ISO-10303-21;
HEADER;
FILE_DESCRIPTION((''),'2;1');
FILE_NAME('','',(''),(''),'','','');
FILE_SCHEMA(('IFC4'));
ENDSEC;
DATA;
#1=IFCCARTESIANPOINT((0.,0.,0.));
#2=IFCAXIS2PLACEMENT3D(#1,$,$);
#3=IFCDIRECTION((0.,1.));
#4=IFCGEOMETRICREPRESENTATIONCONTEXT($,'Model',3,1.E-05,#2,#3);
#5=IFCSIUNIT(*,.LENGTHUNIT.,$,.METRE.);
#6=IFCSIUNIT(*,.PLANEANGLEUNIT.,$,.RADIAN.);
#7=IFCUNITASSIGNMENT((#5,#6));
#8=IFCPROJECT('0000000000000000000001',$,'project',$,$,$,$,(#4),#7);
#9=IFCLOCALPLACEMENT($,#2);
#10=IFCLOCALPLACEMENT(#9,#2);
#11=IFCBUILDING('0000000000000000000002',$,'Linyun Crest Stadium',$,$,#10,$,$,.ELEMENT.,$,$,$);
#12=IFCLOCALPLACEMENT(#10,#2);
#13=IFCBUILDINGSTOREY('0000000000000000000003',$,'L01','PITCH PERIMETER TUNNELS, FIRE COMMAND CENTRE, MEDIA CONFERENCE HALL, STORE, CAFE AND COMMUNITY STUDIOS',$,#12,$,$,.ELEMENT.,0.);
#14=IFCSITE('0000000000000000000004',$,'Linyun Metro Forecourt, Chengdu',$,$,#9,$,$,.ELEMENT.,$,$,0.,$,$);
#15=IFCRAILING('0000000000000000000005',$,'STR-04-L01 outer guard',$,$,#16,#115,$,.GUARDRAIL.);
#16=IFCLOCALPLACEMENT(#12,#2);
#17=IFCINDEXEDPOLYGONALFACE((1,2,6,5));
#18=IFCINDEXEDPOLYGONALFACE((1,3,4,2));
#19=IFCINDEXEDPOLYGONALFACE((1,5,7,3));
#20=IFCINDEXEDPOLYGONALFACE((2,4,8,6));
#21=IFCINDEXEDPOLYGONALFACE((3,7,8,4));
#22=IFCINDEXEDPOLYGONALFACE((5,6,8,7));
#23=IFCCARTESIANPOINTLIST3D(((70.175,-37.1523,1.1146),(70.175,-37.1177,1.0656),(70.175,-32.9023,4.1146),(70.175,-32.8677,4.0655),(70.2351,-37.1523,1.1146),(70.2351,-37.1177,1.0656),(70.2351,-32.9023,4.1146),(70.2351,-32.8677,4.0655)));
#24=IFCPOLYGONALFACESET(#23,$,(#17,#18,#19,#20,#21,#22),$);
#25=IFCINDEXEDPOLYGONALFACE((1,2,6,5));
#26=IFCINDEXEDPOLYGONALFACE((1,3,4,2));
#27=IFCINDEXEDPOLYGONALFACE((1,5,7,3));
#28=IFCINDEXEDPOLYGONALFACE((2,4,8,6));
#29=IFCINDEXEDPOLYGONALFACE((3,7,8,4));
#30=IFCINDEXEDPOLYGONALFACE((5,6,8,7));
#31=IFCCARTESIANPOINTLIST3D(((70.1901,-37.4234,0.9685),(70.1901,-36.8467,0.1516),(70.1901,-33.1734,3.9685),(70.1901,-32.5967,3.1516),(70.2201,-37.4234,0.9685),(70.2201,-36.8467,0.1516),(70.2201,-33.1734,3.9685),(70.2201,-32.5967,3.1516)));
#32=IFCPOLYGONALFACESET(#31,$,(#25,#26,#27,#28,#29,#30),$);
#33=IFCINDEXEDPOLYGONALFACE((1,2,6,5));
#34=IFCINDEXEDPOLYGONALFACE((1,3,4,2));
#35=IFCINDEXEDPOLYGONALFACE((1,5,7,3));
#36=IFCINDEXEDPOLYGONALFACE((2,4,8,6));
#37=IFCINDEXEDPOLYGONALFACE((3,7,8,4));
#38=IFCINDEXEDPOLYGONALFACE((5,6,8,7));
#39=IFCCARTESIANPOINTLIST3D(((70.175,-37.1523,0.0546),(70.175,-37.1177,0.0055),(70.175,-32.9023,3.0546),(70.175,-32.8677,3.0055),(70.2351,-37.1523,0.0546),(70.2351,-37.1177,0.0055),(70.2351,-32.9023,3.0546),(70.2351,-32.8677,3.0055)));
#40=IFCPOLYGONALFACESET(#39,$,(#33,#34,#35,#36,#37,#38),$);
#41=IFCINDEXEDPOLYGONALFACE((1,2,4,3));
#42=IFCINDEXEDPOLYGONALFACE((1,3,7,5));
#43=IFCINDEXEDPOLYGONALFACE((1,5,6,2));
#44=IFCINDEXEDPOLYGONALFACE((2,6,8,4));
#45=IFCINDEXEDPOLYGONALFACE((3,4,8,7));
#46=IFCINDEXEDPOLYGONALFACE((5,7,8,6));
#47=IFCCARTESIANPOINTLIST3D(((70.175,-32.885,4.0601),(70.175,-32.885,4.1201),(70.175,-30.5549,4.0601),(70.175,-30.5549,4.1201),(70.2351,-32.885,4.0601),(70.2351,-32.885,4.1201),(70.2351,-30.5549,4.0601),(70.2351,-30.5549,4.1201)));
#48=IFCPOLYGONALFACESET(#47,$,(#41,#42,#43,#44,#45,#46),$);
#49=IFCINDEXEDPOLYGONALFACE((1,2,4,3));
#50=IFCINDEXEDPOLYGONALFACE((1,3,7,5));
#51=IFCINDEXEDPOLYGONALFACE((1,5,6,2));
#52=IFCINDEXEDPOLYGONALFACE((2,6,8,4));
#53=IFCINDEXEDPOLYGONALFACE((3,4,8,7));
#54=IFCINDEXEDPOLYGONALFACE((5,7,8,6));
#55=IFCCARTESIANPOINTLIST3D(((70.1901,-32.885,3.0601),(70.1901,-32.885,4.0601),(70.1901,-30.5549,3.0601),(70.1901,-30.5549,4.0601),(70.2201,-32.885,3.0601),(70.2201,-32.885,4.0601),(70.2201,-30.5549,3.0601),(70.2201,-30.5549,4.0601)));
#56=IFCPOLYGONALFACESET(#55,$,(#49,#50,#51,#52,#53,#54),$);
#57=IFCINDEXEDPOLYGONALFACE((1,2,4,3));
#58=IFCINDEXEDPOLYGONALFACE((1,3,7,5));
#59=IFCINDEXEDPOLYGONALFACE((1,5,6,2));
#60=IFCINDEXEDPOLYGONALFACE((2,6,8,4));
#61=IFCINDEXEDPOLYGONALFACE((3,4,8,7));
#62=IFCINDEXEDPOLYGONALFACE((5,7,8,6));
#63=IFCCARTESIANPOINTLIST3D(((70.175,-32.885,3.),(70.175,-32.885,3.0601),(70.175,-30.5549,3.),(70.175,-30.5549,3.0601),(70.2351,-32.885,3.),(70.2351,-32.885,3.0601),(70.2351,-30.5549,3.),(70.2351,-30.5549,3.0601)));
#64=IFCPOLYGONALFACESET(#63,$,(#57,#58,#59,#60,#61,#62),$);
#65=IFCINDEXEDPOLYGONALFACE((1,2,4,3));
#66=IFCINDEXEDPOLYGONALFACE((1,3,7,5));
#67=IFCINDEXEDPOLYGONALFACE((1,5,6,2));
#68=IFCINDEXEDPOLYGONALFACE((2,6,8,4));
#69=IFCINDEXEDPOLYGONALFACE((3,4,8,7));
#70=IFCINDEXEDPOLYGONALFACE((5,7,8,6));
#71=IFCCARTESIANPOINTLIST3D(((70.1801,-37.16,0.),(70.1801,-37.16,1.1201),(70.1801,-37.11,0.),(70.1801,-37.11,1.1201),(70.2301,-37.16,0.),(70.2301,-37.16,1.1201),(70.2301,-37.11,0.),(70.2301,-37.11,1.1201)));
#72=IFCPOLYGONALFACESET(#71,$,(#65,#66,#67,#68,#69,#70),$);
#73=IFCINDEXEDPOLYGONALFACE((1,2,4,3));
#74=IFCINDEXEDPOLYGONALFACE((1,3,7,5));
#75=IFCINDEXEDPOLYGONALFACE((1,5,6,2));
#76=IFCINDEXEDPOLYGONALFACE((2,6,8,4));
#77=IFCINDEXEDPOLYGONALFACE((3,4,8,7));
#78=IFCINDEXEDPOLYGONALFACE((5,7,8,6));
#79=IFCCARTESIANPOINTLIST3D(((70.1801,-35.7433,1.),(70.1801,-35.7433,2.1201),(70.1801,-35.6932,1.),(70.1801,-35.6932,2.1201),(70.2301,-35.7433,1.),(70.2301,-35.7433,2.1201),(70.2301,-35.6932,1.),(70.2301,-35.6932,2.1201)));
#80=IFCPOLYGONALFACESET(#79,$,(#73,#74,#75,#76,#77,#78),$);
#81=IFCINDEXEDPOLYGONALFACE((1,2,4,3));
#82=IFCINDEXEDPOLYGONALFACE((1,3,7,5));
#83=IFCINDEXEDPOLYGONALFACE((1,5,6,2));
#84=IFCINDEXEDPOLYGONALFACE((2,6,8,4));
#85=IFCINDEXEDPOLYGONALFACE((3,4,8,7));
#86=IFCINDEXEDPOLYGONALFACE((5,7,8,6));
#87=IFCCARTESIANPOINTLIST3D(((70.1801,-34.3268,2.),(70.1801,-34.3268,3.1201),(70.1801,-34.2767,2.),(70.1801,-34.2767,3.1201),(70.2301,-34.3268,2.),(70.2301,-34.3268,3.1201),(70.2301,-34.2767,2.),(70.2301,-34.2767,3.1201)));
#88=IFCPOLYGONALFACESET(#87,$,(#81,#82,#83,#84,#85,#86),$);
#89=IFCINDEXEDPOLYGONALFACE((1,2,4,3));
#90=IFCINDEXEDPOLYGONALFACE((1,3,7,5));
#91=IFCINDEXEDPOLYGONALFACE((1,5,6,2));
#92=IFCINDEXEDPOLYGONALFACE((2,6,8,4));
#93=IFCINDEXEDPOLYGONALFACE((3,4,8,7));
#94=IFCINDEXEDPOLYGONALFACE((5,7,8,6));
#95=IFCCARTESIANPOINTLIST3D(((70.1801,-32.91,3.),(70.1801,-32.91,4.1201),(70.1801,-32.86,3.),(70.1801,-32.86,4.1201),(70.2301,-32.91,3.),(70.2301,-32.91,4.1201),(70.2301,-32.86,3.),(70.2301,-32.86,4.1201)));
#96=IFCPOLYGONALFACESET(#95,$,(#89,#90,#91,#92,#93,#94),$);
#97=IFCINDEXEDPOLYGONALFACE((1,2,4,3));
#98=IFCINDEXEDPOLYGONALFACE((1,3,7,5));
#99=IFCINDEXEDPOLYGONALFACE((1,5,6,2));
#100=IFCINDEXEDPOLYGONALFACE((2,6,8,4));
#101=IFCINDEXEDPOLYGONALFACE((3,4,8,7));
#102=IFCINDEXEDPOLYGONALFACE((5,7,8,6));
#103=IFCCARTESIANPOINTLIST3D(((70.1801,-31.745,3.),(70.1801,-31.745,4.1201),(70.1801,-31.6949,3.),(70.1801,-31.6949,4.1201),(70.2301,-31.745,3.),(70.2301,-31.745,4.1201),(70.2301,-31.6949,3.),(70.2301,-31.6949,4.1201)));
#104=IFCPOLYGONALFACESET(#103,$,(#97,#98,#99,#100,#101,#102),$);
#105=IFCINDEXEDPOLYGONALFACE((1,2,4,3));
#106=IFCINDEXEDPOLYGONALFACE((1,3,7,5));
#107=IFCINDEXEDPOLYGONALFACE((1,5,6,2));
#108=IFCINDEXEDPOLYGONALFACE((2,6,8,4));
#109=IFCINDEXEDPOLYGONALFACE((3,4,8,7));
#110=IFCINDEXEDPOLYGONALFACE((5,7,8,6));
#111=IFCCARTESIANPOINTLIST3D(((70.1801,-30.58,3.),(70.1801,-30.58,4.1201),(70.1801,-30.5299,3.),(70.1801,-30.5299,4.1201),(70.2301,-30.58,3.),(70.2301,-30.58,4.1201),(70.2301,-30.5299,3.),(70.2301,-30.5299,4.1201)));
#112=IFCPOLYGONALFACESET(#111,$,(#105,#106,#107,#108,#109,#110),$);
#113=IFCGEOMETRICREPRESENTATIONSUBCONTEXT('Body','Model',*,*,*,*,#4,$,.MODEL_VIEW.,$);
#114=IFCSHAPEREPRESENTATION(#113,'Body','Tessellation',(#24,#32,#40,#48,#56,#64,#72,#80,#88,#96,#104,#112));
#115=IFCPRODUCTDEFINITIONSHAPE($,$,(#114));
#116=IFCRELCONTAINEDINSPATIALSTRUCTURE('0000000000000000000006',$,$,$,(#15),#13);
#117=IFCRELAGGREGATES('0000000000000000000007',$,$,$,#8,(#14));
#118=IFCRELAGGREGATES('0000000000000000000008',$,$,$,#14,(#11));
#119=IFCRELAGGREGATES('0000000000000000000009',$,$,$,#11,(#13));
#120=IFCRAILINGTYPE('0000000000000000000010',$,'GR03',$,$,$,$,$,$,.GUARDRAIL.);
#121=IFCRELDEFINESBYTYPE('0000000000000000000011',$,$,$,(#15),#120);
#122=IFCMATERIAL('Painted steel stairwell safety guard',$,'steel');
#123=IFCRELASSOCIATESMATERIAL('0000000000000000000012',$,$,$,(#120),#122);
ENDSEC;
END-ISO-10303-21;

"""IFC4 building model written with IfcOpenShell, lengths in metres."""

from ifc_helpers import new_model, si_unit, direction, frame, origin, origin_2d, place, context, subcontext, project, spatial, rectangle, extrude, material, type_object, element, save


model = new_model("IFC4")

# Units and contexts
model_context = context("Model", 3, precision=1e-05, world=origin(), true_north=direction((0.0, 1.0)))
body_context = subcontext(model_context, "Body", "Model", "MODEL_VIEW")
ifc_project = project(units=[si_unit("LENGTHUNIT", "METRE"), si_unit("PLANEANGLEUNIT", "RADIAN")], contexts=[model_context])

# Site, building, storey
site_placement = place(None, origin())
site = spatial("IfcSite", under=ifc_project, at=site_placement, Name="Linyun Metro Forecourt, Chengdu", CompositionType="ELEMENT", RefElevation=0.0)
building_placement = place(site_placement, origin())
building = spatial("IfcBuilding", under=site, at=building_placement, Name="Linyun Crest Stadium", CompositionType="ELEMENT")
storey_placement = place(building_placement, origin())
storey = spatial("IfcBuildingStorey", under=building, at=storey_placement, Name="L01", Description="PITCH PERIMETER TUNNELS, FIRE COMMAND CENTRE, MEDIA CONFERENCE HALL, STORE, CAFE AND COMMUNITY STUDIOS", CompositionType="ELEMENT", Elevation=0.0)

# Railing
ifc_material_1 = material(Name="Painted steel stairwell safety guard", Category="steel")
railing_type_1 = type_object("IfcRailingType", Name="GR03", PredefinedType="GUARDRAIL", material=ifc_material_1)
railing_1_placement = place(storey_placement, frame((70.2051, -37.135, 0.0)))
element("IfcRailing", 1, at=railing_1_placement, inside=storey, type_object=railing_type_1, Name="STR-04-L01 outer guard", PredefinedType="GUARDRAIL", context=body_context, shape_type="SweptSolid", body=[
    extrude(rectangle(XDim=0.0601, YDim=0.0601, at=origin_2d()), frame((0.0, 0.0, 1.0901), z_axis=(0.0, 0.816968, 0.576683), x_axis=(-1.0, 0.0, 0.0)), (0.0, 0.0, 1.0), 5.2021),
    extrude(rectangle(XDim=0.03, YDim=1.0, at=origin_2d()), frame((0.0, 0.0, 0.5601), z_axis=(0.0, 0.816968, 0.576683), x_axis=(-1.0, 0.0, 0.0)), (0.0, 0.0, 1.0), 5.2021),
    extrude(rectangle(XDim=0.0601, YDim=0.0601, at=origin_2d()), frame((0.0, 0.0, 0.03), z_axis=(0.0, 0.816968, 0.576683), x_axis=(-1.0, 0.0, 0.0)), (0.0, 0.0, 1.0), 5.2021),
    extrude(rectangle(XDim=0.0601, YDim=0.0601, at=origin_2d()), frame((0.0, 4.25, 4.0901), z_axis=(0.0, 1.0, 0.0), x_axis=(-1.0, 0.0, 0.0)), (0.0, 0.0, 1.0), 2.3301),
    extrude(rectangle(XDim=0.03, YDim=1.0, at=origin_2d()), frame((0.0, 4.25, 3.5601), z_axis=(0.0, 1.0, 0.0), x_axis=(-1.0, 0.0, 0.0)), (0.0, 0.0, 1.0), 2.3301),
    extrude(rectangle(XDim=0.0601, YDim=0.0601, at=origin_2d()), frame((0.0, 4.25, 3.03), z_axis=(0.0, 1.0, 0.0), x_axis=(-1.0, 0.0, 0.0)), (0.0, 0.0, 1.0), 2.3301),
    extrude(rectangle(XDim=0.05, YDim=0.05, at=origin_2d()), origin(), (0.0, 0.0, 1.0), 1.1201),
    extrude(rectangle(XDim=0.05, YDim=0.05, at=origin_2d()), frame((0.0, 1.4167, 1.0)), (0.0, 0.0, 1.0), 1.1201),
    extrude(rectangle(XDim=0.05, YDim=0.05, at=origin_2d()), frame((0.0, 2.8333, 2.0)), (0.0, 0.0, 1.0), 1.1201),
    extrude(rectangle(XDim=0.05, YDim=0.05, at=origin_2d()), frame((0.0, 4.25, 3.0)), (0.0, 0.0, 1.0), 1.1201),
    extrude(rectangle(XDim=0.05, YDim=0.05, at=origin_2d()), frame((0.0, 5.415, 3.0)), (0.0, 0.0, 1.0), 1.1201),
    extrude(rectangle(XDim=0.05, YDim=0.05, at=origin_2d()), frame((0.0, 6.5801, 3.0)), (0.0, 0.0, 1.0), 1.1201),
])

save(model, "model.ifc")
